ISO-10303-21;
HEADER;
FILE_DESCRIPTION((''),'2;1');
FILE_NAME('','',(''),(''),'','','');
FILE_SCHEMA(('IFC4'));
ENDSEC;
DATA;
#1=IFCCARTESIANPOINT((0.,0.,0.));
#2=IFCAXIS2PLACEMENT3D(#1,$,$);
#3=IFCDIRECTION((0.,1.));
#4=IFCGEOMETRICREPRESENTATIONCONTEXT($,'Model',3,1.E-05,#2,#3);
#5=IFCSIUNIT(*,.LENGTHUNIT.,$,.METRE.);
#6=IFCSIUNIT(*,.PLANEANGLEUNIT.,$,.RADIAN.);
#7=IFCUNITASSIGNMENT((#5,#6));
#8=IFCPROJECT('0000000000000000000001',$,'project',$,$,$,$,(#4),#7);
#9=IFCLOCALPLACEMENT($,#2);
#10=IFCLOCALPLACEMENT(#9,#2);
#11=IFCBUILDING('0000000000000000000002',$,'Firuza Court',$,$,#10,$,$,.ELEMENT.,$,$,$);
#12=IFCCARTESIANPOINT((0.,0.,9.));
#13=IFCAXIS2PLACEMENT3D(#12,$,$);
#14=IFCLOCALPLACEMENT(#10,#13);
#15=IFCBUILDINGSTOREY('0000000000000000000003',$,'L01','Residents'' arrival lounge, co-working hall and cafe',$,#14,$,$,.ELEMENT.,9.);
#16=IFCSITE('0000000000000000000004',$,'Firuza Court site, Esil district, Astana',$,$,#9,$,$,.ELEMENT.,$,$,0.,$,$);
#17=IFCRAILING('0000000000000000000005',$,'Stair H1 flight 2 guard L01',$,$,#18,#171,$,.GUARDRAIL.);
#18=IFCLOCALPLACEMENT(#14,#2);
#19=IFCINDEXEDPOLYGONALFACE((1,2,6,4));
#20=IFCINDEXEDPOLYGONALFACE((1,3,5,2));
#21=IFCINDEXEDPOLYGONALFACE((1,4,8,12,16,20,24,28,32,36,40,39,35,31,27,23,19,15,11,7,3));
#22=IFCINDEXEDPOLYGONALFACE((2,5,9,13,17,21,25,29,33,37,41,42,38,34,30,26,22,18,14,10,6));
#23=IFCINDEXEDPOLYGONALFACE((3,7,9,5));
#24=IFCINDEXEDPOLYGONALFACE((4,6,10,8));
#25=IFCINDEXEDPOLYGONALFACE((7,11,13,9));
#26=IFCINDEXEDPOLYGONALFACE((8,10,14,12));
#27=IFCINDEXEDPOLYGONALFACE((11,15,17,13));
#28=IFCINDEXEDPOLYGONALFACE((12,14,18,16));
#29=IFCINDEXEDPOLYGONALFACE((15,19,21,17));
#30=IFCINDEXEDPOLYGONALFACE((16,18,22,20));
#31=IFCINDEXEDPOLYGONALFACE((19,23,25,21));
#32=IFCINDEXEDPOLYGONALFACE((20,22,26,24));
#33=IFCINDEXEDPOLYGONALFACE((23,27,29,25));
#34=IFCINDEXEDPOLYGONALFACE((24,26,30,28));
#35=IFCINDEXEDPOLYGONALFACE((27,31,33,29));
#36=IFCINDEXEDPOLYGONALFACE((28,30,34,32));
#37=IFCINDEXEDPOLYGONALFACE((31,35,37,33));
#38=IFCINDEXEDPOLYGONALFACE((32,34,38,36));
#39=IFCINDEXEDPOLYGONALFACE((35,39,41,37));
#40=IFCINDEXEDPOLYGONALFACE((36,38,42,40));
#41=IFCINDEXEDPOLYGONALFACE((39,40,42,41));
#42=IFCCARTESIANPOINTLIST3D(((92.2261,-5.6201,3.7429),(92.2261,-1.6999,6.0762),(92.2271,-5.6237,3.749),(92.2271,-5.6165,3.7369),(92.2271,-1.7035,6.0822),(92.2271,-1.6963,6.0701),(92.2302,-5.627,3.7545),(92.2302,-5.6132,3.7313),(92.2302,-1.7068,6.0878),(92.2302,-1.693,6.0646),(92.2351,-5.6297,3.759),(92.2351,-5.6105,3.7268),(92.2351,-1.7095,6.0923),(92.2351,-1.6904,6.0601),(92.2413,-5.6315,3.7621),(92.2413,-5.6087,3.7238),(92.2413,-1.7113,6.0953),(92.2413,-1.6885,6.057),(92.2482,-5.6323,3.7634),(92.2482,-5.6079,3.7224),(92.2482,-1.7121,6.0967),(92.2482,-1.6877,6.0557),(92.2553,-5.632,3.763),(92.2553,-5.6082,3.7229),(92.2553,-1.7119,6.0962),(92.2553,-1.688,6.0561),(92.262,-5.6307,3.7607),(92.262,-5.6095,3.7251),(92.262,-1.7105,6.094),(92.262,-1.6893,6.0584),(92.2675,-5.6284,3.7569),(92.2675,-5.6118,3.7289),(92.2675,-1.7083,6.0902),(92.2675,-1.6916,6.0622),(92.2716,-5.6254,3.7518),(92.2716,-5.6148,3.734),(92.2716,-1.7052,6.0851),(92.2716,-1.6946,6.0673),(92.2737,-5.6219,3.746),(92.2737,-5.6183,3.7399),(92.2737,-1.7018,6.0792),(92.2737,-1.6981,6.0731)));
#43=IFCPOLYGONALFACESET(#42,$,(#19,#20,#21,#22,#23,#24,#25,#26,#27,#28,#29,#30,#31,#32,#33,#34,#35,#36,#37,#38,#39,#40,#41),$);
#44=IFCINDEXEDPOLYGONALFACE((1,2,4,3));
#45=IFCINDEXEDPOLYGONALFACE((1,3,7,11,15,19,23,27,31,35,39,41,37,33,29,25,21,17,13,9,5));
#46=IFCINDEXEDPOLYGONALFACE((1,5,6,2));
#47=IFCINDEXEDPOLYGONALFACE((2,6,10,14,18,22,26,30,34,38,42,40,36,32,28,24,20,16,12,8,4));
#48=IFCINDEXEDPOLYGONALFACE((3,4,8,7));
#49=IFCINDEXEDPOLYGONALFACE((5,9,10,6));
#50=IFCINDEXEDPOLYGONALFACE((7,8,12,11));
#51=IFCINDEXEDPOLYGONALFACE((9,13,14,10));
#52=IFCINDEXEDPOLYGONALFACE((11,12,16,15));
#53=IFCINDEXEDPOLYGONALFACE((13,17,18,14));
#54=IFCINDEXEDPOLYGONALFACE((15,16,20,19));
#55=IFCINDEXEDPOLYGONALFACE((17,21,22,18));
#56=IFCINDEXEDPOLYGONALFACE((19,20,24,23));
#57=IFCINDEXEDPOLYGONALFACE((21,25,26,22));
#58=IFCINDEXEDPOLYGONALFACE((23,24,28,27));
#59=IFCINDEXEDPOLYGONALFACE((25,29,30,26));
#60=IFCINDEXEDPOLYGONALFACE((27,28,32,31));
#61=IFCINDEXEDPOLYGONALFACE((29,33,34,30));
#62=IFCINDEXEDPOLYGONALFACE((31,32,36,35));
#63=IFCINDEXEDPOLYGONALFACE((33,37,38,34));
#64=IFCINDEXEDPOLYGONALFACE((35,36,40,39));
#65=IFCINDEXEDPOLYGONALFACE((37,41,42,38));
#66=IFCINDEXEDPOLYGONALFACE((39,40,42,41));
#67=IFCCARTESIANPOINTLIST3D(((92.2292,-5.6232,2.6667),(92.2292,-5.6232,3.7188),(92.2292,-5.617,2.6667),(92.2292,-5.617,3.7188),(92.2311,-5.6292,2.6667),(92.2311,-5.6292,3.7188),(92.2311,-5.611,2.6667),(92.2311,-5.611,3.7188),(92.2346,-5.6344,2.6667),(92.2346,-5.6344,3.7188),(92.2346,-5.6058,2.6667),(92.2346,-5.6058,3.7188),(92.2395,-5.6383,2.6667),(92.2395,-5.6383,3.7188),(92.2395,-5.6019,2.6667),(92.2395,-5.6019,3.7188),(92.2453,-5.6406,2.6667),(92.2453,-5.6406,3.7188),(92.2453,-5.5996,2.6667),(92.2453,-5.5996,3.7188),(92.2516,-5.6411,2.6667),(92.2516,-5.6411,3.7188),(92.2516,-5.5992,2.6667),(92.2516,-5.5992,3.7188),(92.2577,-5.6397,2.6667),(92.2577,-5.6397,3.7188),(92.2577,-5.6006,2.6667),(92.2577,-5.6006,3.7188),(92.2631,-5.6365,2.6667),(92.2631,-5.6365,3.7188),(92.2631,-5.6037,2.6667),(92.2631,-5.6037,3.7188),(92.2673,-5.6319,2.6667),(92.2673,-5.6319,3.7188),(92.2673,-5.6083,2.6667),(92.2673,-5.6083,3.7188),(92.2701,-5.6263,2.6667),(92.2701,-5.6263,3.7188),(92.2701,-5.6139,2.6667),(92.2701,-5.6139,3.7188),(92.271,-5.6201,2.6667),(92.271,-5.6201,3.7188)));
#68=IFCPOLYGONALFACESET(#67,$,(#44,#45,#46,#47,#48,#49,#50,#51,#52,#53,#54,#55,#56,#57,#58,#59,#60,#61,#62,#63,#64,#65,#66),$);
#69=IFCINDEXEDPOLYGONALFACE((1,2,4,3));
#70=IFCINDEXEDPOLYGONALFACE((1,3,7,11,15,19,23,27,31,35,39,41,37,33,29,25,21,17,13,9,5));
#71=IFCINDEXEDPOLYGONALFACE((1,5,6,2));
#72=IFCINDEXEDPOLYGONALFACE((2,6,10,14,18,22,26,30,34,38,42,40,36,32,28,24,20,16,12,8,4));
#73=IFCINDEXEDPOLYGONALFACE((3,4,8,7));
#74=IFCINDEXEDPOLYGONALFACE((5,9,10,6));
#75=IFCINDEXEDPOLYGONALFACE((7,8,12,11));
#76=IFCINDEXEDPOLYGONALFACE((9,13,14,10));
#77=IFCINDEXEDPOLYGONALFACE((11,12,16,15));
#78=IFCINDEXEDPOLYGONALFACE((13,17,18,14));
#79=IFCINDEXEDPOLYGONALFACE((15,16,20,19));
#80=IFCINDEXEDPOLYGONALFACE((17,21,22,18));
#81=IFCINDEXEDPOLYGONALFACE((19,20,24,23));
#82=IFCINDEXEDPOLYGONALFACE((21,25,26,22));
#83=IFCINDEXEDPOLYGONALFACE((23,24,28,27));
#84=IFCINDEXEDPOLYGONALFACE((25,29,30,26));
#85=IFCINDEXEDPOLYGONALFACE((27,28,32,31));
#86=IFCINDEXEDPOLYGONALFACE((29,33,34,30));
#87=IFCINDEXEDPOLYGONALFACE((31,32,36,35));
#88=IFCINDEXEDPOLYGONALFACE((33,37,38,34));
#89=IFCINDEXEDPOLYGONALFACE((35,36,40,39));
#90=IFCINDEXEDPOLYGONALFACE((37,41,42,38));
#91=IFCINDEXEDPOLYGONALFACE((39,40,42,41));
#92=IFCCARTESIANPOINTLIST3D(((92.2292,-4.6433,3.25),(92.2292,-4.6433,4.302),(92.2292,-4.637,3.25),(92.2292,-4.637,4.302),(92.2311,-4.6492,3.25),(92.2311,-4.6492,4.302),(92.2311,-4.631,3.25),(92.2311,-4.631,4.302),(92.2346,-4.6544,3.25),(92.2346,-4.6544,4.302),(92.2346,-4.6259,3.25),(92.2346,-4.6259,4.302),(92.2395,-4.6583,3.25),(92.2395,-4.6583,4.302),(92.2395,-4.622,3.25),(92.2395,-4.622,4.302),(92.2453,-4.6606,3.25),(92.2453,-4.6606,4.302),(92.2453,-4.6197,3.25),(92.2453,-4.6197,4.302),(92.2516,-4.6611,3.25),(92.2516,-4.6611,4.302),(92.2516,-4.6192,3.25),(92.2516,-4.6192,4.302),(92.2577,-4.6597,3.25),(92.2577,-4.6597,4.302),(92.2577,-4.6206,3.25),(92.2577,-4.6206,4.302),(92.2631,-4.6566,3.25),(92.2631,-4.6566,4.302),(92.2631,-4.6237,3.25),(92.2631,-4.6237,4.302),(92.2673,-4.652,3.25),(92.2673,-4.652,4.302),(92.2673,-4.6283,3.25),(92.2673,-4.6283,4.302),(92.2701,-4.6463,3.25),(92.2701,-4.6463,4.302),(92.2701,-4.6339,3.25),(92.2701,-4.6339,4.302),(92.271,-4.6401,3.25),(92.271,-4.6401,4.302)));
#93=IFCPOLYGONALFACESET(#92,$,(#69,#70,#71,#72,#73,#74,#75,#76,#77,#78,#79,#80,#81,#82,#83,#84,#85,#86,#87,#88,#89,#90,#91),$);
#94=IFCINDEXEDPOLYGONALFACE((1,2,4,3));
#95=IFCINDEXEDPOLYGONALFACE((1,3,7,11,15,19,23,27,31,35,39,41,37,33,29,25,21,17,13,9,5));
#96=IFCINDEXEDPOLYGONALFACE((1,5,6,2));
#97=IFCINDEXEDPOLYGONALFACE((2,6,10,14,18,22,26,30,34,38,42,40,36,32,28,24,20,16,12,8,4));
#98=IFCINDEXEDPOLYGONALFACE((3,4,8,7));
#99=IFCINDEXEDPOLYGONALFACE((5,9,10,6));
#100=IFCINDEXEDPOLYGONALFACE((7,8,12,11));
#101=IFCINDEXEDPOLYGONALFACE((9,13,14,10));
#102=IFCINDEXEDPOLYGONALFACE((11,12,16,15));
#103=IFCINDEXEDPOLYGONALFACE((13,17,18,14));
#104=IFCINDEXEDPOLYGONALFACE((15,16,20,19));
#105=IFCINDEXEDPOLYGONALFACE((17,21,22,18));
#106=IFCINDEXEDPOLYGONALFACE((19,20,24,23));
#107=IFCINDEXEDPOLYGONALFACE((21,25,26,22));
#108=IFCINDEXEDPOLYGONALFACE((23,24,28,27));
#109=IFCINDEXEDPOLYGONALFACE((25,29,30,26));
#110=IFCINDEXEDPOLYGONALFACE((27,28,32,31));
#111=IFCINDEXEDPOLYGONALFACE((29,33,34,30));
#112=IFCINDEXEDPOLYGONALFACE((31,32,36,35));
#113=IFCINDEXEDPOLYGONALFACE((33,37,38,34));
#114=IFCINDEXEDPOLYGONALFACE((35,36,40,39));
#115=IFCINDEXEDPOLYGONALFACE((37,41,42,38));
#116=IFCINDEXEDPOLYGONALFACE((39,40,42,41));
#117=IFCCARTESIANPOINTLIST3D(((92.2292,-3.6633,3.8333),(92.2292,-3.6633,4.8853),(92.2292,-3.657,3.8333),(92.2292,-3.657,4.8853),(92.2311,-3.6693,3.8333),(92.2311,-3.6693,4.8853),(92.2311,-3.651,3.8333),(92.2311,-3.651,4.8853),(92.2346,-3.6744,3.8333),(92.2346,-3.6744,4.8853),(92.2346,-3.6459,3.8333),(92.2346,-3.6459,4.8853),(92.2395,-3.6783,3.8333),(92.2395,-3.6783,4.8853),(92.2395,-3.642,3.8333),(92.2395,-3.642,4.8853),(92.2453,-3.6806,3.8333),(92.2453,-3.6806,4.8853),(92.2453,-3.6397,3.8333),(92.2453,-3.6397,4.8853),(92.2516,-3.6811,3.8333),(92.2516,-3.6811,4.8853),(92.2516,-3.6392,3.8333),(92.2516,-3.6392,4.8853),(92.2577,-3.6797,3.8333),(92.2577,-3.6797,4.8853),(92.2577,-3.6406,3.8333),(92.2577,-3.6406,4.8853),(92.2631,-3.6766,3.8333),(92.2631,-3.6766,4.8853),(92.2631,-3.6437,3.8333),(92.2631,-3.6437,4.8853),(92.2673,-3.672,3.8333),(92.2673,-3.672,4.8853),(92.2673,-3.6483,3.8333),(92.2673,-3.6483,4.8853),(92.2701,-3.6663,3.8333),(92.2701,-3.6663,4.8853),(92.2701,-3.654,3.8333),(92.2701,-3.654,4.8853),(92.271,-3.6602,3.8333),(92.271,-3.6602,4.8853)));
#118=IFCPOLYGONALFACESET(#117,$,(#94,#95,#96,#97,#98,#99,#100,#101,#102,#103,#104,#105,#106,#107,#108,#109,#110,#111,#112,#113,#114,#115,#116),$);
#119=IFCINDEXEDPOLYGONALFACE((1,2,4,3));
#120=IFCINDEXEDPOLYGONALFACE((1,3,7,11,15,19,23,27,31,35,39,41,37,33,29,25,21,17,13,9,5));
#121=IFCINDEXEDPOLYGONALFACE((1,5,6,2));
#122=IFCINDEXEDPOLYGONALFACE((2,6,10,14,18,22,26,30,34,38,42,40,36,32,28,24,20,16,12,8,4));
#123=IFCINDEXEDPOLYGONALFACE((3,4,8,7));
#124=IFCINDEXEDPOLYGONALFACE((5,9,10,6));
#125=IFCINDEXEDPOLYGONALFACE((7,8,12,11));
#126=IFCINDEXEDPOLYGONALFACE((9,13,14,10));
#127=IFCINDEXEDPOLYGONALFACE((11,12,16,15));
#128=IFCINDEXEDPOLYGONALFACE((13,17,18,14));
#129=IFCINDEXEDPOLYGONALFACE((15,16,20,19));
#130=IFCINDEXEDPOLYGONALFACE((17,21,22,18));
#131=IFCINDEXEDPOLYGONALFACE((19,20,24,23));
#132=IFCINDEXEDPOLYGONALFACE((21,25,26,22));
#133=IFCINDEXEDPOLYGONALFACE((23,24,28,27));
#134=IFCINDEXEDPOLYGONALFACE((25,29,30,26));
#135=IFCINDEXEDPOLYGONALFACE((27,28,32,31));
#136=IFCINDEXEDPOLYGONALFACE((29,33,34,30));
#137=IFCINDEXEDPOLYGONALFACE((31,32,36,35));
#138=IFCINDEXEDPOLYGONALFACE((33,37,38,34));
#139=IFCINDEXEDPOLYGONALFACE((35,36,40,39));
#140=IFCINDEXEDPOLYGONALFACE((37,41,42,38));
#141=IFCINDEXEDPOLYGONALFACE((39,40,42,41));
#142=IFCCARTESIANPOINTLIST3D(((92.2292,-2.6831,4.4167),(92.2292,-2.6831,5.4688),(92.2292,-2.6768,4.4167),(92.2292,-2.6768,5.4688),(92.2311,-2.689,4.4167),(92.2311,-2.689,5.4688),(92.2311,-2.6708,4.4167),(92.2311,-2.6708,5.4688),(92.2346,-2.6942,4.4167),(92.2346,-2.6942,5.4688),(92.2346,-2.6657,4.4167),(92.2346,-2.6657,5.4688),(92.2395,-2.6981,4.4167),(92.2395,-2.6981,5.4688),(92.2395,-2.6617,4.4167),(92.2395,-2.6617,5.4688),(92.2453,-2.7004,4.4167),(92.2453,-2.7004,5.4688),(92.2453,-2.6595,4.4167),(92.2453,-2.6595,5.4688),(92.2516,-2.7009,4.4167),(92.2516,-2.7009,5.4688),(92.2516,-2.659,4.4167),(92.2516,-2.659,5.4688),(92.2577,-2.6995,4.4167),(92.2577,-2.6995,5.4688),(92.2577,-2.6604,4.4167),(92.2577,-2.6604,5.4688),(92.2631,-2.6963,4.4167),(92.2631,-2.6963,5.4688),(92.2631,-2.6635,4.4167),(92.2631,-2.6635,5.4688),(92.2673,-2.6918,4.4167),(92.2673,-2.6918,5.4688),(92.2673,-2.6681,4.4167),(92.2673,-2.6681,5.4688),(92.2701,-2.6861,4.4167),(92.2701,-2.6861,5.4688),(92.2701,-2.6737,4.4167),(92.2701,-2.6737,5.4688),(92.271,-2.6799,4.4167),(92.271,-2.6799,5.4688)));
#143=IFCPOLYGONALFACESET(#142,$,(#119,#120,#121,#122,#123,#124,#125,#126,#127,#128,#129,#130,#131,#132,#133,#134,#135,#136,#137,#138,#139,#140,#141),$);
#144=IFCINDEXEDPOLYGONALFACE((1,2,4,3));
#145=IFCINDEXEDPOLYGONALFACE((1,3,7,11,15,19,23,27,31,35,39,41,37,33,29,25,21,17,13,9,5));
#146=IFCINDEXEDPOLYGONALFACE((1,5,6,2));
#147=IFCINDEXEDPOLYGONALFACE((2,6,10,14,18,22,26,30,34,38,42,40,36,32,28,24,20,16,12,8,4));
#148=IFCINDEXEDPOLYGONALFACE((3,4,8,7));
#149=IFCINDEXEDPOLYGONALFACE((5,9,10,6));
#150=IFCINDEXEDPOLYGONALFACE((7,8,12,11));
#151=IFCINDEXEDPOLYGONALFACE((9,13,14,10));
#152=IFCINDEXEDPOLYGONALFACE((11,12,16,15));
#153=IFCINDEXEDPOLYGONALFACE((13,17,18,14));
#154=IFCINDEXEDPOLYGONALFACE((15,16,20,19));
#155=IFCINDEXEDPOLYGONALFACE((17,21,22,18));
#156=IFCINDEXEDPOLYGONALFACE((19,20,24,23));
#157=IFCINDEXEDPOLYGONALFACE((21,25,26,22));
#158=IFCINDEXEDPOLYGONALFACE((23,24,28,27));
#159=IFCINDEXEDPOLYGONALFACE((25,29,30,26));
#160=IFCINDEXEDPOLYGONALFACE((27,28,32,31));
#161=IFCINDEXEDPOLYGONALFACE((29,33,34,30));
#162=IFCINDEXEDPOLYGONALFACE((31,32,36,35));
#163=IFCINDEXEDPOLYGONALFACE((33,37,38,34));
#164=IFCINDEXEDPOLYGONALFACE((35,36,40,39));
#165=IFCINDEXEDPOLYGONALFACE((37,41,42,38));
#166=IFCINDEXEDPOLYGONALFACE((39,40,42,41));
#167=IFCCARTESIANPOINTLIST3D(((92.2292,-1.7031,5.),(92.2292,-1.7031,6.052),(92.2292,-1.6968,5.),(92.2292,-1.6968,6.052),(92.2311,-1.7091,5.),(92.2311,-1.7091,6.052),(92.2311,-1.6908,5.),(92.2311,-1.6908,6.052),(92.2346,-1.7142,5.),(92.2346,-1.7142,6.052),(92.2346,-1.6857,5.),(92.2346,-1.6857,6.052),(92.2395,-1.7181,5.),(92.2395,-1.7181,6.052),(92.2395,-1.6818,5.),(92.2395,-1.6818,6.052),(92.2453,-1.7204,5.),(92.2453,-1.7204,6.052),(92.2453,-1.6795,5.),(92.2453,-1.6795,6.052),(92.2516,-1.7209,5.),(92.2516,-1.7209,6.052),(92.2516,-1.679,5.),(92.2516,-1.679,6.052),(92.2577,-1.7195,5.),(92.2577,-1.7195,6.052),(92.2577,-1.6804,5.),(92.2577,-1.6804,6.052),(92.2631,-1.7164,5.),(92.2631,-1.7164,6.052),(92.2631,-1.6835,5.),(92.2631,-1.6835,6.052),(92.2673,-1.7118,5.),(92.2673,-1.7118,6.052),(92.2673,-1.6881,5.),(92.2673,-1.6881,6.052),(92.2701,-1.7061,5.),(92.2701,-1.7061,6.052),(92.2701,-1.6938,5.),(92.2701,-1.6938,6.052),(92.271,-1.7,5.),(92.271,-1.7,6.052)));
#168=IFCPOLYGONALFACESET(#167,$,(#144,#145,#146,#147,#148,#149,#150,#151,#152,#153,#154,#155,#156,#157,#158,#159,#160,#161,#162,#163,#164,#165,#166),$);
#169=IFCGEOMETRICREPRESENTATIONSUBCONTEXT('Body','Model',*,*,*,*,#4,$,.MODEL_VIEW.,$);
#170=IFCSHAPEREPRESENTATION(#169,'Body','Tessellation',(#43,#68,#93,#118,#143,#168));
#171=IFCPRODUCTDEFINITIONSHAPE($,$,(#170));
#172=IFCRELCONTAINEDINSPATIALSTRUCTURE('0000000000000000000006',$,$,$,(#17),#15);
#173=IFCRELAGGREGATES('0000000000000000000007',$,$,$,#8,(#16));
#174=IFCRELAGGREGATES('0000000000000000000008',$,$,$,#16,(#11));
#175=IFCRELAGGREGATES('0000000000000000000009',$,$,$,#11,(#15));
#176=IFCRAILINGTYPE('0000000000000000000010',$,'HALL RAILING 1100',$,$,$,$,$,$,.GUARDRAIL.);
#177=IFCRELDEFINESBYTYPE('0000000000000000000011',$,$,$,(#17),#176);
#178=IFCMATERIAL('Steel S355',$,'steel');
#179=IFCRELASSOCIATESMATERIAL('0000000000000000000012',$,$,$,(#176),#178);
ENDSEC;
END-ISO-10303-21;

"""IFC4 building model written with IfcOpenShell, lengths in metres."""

from ifc_helpers import new_model, si_unit, direction, frame, origin, origin_2d, place, context, subcontext, project, spatial, circle, extrude, material, type_object, element, save


model = new_model("IFC4")

# Units and contexts
model_context = context("Model", 3, precision=1e-05, world=origin(), true_north=direction((0.0, 1.0)))
body_context = subcontext(model_context, "Body", "Model", "MODEL_VIEW")
ifc_project = project(units=[si_unit("LENGTHUNIT", "METRE"), si_unit("PLANEANGLEUNIT", "RADIAN")], contexts=[model_context])

# Site, building, storey
site_placement = place(None, origin())
site = spatial("IfcSite", under=ifc_project, at=site_placement, Name="Firuza Court site, Esil district, Astana", CompositionType="ELEMENT", RefElevation=0.0)
building_placement = place(site_placement, origin())
building = spatial("IfcBuilding", under=site, at=building_placement, Name="Firuza Court", CompositionType="ELEMENT")
storey_placement = place(building_placement, frame((0.0, 0.0, 9.0)))
storey = spatial("IfcBuildingStorey", under=building, at=storey_placement, Name="L01", Description="Residents' arrival lounge, co-working hall and cafe", CompositionType="ELEMENT", Elevation=9.0)

# Railing
ifc_material_1 = material(Name="Steel S355", Category="steel")
railing_type_1 = type_object("IfcRailingType", Name="HALL RAILING 1100", PredefinedType="GUARDRAIL", material=ifc_material_1)
railing_1_placement = place(storey_placement, frame((92.25, -5.6201, 2.6667)))
element("IfcRailing", 1, at=railing_1_placement, inside=storey, type_object=railing_type_1, Name="Stair H1 flight 2 guard L01", PredefinedType="GUARDRAIL", context=body_context, shape_type="SweptSolid", body=[
    extrude(circle(Radius=0.0239, at=origin_2d()), frame((0.0, 0.0, 1.0762), z_axis=(0.0, 0.85931, 0.511455), x_axis=(-1.0, 0.0, 0.0)), (0.0, 0.0, 1.0), 4.562),
    extrude(circle(Radius=0.021, at=origin_2d()), origin(), (0.0, 0.0, 1.0), 1.052),
    extrude(circle(Radius=0.021, at=origin_2d()), frame((0.0, 0.98, 0.5833)), (0.0, 0.0, 1.0), 1.052),
    extrude(circle(Radius=0.021, at=origin_2d()), frame((0.0, 1.96, 1.1665)), (0.0, 0.0, 1.0), 1.052),
    extrude(circle(Radius=0.021, at=origin_2d()), frame((0.0, 2.9402, 1.75)), (0.0, 0.0, 1.0), 1.052),
    extrude(circle(Radius=0.021, at=origin_2d()), frame((0.0, 3.9202, 2.3333)), (0.0, 0.0, 1.0), 1.052),
])

save(model, "model.ifc")
